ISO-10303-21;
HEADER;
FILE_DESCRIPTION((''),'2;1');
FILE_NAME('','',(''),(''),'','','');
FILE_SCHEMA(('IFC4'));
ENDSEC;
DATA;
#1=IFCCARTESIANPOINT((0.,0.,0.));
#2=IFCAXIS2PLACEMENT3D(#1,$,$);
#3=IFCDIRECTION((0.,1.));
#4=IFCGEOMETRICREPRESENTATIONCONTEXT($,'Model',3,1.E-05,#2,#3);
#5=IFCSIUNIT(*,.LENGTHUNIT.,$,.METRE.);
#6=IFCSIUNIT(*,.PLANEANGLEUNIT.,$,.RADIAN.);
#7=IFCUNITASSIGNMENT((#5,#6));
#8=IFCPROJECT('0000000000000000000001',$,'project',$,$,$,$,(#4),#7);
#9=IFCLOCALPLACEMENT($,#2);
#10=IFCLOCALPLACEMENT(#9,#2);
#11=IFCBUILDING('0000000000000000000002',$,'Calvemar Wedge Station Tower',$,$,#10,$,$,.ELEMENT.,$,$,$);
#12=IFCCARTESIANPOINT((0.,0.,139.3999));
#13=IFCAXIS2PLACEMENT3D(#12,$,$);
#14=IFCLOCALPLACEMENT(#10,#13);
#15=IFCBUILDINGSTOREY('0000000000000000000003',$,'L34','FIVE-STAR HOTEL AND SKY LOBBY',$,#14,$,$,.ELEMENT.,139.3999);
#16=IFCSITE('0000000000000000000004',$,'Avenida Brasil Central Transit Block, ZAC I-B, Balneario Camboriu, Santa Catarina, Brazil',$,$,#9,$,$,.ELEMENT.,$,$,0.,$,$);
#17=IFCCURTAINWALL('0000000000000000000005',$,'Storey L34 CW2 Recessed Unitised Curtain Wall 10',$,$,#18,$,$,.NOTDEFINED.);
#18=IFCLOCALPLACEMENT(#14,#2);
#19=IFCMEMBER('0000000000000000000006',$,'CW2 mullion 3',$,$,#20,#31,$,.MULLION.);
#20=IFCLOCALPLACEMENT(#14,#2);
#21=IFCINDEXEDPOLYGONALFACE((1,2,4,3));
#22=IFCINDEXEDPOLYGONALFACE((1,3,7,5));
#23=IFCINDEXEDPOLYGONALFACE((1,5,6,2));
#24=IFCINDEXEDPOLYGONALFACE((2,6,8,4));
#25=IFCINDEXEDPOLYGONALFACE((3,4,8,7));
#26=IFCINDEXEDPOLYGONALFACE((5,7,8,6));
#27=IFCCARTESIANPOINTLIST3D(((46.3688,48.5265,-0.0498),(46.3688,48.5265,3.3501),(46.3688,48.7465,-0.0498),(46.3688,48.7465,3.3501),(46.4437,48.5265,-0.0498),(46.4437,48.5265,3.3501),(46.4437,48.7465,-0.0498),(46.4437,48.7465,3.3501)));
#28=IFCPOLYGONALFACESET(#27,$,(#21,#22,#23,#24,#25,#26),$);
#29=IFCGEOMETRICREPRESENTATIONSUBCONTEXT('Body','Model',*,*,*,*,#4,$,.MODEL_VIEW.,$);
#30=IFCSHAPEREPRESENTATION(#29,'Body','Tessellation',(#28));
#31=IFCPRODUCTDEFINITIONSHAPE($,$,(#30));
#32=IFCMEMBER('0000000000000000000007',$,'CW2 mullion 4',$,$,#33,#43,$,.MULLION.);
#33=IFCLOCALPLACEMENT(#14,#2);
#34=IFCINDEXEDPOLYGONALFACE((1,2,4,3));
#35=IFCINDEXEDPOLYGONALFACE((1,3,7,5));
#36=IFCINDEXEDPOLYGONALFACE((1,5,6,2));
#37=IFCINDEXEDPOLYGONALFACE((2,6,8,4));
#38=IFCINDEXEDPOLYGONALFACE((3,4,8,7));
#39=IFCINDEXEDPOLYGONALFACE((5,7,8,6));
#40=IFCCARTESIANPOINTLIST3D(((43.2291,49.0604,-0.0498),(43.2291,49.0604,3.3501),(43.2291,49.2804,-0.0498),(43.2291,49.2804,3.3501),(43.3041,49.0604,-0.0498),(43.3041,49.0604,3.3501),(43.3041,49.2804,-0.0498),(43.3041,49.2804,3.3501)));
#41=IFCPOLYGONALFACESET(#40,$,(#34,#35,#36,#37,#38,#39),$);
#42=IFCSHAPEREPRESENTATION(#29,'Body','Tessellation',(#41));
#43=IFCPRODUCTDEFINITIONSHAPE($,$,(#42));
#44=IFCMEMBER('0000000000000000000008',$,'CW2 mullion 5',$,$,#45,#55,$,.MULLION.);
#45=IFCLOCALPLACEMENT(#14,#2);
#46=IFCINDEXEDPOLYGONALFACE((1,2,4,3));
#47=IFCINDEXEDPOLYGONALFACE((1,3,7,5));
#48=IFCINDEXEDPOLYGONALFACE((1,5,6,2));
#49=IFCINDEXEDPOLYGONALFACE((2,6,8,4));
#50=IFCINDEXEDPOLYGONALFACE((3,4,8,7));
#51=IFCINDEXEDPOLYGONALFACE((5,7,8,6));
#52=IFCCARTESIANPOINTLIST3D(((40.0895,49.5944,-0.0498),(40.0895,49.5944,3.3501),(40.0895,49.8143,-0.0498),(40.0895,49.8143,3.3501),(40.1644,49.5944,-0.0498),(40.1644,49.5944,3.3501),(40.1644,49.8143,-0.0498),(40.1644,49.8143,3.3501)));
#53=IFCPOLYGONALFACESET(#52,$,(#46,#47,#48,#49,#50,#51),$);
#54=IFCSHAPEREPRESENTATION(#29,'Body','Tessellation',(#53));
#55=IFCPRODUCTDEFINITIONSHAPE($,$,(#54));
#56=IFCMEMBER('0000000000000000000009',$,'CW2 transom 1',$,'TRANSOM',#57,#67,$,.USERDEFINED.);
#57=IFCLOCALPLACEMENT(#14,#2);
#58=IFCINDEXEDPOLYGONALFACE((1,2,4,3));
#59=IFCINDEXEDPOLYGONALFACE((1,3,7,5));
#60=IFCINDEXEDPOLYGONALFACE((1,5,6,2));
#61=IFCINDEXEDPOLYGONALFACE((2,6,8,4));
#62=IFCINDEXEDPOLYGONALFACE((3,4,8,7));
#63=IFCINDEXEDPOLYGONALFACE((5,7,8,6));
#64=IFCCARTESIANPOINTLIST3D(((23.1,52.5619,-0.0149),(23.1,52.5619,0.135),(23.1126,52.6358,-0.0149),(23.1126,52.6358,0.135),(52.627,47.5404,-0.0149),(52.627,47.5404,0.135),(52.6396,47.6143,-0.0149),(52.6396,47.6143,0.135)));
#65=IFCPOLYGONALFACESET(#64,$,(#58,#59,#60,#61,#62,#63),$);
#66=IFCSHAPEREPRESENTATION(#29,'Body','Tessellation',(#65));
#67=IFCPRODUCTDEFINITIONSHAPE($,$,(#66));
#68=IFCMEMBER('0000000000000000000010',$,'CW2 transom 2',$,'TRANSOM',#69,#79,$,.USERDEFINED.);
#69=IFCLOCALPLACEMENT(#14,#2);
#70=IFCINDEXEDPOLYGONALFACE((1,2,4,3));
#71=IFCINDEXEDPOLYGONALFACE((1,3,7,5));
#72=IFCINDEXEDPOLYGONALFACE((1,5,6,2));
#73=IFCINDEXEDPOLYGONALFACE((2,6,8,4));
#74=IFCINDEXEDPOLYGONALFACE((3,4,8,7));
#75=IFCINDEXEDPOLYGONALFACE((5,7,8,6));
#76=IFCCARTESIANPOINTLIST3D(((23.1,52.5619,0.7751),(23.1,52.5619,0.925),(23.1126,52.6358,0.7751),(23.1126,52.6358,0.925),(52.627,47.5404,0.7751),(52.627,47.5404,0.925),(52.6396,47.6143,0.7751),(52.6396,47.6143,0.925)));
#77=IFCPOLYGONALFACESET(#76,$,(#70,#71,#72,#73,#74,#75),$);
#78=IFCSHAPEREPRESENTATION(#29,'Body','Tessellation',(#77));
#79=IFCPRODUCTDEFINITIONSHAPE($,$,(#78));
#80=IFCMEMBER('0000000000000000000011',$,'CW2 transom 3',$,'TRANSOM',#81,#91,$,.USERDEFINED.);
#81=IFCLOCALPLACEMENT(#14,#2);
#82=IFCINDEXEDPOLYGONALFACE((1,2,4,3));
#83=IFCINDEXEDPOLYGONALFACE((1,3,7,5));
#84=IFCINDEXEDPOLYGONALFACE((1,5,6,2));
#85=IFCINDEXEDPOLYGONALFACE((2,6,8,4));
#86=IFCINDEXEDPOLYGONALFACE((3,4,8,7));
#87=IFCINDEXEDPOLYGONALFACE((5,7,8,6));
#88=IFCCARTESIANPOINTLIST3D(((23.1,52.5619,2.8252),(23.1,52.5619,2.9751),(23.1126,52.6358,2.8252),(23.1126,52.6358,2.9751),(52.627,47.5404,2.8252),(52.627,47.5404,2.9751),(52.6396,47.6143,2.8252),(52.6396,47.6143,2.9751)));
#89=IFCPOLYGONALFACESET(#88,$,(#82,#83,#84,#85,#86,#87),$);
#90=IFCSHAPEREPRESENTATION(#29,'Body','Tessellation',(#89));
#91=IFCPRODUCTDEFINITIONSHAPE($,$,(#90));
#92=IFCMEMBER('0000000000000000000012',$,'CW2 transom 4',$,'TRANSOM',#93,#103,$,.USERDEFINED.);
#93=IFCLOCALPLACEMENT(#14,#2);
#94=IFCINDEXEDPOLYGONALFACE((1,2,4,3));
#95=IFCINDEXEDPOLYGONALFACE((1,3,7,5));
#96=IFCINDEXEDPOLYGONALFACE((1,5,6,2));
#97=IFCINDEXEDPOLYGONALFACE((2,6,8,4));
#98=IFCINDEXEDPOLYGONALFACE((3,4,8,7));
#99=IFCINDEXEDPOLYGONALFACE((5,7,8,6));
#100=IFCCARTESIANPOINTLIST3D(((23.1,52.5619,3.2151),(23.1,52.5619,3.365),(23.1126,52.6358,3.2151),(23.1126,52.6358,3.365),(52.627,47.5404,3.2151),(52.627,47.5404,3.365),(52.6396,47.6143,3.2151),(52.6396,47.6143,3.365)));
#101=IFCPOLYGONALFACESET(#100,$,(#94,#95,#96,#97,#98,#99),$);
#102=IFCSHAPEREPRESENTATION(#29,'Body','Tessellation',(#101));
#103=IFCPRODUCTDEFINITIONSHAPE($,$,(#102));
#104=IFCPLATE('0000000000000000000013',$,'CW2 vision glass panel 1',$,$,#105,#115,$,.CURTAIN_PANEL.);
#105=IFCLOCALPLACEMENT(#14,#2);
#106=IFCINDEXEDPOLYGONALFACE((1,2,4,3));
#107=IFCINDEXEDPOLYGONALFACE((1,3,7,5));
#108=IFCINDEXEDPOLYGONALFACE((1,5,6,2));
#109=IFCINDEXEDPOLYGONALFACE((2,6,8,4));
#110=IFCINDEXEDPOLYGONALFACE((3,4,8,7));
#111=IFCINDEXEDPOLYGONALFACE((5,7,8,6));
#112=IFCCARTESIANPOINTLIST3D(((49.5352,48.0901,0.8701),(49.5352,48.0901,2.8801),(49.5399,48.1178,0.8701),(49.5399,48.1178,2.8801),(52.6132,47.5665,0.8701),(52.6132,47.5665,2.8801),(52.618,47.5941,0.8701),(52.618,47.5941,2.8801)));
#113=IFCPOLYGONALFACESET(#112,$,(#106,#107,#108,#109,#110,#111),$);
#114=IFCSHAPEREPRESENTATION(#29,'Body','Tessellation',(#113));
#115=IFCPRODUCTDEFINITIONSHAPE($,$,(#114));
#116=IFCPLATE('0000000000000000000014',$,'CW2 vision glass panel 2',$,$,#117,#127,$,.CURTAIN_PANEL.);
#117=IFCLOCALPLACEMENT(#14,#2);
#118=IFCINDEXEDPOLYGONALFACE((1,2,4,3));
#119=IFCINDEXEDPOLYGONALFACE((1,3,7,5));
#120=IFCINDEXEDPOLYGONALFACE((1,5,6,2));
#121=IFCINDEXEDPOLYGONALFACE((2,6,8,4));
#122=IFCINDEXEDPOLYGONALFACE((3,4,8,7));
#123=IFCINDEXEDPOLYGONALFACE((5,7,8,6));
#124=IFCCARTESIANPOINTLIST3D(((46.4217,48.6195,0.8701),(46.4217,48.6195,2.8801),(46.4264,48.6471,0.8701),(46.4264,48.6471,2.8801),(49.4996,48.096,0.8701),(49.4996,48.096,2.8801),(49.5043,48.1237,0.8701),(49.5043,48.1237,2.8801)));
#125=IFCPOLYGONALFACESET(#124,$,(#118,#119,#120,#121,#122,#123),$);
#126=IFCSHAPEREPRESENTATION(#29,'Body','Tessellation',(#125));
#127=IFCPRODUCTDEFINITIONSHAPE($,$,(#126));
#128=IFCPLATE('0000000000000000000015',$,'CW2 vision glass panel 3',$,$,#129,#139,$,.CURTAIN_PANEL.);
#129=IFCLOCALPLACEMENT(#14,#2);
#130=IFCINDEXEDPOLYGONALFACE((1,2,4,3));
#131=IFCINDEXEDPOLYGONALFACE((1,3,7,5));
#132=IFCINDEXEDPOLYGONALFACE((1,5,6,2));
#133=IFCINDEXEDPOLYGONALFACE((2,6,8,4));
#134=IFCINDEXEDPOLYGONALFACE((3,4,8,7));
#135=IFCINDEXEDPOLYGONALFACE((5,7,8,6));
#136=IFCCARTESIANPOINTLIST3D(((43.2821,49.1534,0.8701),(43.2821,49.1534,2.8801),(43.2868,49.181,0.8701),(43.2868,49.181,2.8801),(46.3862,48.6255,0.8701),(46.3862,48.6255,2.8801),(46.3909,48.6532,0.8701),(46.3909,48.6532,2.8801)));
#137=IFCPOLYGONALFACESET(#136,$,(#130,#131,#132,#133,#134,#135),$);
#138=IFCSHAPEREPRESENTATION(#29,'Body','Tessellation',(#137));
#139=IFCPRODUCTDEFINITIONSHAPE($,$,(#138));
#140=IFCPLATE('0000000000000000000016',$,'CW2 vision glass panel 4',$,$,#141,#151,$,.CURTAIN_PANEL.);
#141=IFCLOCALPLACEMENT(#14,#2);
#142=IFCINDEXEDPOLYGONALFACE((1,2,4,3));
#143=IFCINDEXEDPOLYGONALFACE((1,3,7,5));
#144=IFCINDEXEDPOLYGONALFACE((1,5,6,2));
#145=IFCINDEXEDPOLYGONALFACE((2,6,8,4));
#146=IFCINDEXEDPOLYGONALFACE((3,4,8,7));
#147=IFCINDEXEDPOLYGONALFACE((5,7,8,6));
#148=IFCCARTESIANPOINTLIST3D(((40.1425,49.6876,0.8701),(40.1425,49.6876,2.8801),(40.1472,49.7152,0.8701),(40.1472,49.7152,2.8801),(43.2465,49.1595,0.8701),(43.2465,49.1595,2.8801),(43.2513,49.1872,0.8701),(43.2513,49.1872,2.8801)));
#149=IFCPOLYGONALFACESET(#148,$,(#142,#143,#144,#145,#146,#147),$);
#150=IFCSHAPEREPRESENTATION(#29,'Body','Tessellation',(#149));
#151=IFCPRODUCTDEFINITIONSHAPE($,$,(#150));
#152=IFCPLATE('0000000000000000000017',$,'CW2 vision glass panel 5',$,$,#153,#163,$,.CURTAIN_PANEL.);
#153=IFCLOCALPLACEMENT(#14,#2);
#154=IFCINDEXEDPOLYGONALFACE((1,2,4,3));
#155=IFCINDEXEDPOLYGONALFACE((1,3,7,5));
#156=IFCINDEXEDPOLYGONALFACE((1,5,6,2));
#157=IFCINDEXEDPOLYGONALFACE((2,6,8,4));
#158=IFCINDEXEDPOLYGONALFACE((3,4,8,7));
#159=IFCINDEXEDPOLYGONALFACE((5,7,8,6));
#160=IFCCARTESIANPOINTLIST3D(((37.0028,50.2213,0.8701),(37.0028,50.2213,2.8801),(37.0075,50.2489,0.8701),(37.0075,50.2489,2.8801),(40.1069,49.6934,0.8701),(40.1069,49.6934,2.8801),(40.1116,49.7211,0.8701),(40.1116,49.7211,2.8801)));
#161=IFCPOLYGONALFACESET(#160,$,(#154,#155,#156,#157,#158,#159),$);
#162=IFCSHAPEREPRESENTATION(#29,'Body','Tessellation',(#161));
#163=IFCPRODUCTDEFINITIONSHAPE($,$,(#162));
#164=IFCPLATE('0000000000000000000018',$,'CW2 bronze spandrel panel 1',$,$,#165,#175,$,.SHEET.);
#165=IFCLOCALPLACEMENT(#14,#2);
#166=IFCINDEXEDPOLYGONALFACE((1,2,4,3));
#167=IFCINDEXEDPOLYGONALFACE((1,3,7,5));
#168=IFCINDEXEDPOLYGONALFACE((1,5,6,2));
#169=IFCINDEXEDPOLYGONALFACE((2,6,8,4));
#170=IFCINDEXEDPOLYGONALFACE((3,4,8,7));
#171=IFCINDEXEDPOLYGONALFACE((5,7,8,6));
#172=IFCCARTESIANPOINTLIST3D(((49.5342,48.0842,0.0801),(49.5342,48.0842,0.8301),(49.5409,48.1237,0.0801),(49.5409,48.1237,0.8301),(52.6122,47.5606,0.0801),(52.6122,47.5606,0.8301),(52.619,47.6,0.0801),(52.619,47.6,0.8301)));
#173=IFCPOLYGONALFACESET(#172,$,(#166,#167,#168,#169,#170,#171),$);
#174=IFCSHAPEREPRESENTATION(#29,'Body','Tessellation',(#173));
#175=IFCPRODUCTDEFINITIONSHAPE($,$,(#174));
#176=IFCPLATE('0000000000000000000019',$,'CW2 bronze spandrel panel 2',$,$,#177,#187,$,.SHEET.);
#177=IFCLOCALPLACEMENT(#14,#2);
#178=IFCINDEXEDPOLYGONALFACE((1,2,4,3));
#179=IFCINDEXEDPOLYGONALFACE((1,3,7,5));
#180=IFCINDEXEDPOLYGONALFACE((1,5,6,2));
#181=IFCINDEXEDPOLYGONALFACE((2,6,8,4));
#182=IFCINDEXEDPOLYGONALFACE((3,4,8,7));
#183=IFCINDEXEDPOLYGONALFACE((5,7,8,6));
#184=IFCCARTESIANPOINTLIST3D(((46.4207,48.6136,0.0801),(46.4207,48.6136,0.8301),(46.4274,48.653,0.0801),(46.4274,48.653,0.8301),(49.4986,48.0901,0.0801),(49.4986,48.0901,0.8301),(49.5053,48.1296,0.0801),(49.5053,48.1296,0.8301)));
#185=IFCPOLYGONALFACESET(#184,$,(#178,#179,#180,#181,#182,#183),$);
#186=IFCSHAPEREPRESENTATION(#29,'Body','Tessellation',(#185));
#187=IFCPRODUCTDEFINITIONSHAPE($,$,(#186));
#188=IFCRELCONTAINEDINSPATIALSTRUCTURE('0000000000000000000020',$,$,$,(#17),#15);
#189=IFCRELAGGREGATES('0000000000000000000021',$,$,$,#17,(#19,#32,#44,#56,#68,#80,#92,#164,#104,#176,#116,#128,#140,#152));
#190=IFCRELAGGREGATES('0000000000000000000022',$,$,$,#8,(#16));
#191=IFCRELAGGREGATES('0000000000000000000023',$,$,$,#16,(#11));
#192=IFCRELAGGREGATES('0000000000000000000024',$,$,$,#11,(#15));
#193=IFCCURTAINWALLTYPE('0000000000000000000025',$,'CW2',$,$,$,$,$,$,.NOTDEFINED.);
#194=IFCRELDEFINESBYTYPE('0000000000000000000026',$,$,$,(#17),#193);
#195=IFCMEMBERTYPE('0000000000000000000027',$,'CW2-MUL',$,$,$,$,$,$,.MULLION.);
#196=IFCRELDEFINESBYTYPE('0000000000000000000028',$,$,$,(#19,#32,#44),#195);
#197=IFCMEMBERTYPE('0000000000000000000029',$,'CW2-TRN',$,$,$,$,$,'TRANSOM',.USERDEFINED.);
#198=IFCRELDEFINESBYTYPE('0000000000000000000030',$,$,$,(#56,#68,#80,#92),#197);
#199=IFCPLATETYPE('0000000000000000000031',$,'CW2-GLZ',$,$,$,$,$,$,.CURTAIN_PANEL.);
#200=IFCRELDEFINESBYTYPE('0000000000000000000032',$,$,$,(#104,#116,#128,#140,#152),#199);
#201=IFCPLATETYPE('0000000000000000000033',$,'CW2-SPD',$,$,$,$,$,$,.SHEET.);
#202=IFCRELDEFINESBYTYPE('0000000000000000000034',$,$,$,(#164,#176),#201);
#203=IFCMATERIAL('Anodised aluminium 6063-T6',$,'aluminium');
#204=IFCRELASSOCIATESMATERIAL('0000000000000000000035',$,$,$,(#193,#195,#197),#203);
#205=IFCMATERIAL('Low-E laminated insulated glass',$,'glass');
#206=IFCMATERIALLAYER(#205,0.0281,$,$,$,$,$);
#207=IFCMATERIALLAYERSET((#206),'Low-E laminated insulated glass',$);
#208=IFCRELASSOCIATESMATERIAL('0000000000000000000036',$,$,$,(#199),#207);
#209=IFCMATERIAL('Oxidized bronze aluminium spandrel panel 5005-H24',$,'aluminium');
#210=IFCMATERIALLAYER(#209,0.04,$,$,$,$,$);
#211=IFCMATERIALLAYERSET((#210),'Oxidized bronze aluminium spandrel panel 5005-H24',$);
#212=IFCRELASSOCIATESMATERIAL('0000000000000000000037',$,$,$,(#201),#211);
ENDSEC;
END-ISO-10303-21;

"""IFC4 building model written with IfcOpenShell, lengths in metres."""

from ifc_helpers import new_model, si_unit, direction, frame, frame_2d, origin, origin_2d, place, context, subcontext, project, spatial, rectangle, extrude, source, transform, mapped, material, layer, layer_set, material_profile, profile_set, type_object, element, aggregate, save


model = new_model("IFC4")

# Units and contexts
model_context = context("Model", 3, precision=1e-05, world=origin(), true_north=direction((0.0, 1.0)))
body_context = subcontext(model_context, "Body", "Model", "MODEL_VIEW")
ifc_project = project(units=[si_unit("LENGTHUNIT", "METRE"), si_unit("PLANEANGLEUNIT", "RADIAN")], contexts=[model_context])

# Site, building, storey
site_placement = place(None, origin())
site = spatial("IfcSite", under=ifc_project, at=site_placement, Name="Avenida Brasil Central Transit Block, ZAC I-B, Balneario Camboriu, Santa Catarina, Brazil", CompositionType="ELEMENT", RefElevation=0.0)
building_placement = place(site_placement, origin())
building = spatial("IfcBuilding", under=site, at=building_placement, Name="Calvemar Wedge Station Tower", CompositionType="ELEMENT")
storey_placement = place(building_placement, frame((0.0, 0.0, 139.3999)))
storey = spatial("IfcBuildingStorey", under=building, at=storey_placement, Name="L34", Description="FIVE-STAR HOTEL AND SKY LOBBY", CompositionType="ELEMENT", Elevation=139.3999)

# Curtain wall, members, plates
ifc_material_1 = material(Name="Anodised aluminium 6063-T6", Category="aluminium")
curtain_wall_type = type_object("IfcCurtainWallType", Name="CW2", PredefinedType="NOTDEFINED", material=ifc_material_1)
curtain_wall_placement = place(storey_placement, origin())
curtain_wall = element("IfcCurtainWall", 1, at=curtain_wall_placement, inside=storey, type_object=curtain_wall_type, Name="Storey L34 CW2 Recessed Unitised Curtain Wall 10", PredefinedType="NOTDEFINED")
ifc_material_profile_1 = material_profile(ifc_material_1, rectangle(XDim=0.075, YDim=0.22, at=origin_2d()), Name="AL-MUL-75x220")
ifc_profile_set_1 = profile_set([ifc_material_profile_1], Name="Anodised aluminium 6063-T6")
member_type_1 = type_object("IfcMemberType", Name="CW2-MUL", PredefinedType="MULLION", material=ifc_profile_set_1)
shared_shape_1 = source(origin(), body_context, "Body", "SweptSolid", [
    extrude(rectangle(XDim=0.075, YDim=0.22, at=origin_2d()), origin(), (0.0, 0.0, 1.0), 3.3999),
])
member_1_placement = place(storey_placement, frame((46.4062, 48.6365, -0.0498), z_axis=(0.0, 0.0, 1.0), x_axis=(1.0, 0.0, 0.0)))
member_1 = element("IfcMember", 2, at=member_1_placement, type_object=member_type_1, Name="CW2 mullion 3", PredefinedType="MULLION", context=body_context, shape_type="MappedRepresentation", body=[
    mapped(shared_shape_1, transform((0.0, 0.0, 0.0), scale=1.0)),
])
member_2_placement = place(storey_placement, frame((43.2666, 49.1704, -0.0498), z_axis=(0.0, 0.0, 1.0), x_axis=(1.0, 0.0, 0.0)))
member_2 = element("IfcMember", 3, at=member_2_placement, type_object=member_type_1, Name="CW2 mullion 4", PredefinedType="MULLION", context=body_context, shape_type="MappedRepresentation", body=[
    mapped(shared_shape_1, transform((0.0, 0.0, 0.0), scale=1.0)),
])
member_3_placement = place(storey_placement, frame((40.127, 49.7043, -0.0498), z_axis=(0.0, 0.0, 1.0), x_axis=(1.0, 0.0, 0.0)))
member_3 = element("IfcMember", 4, at=member_3_placement, type_object=member_type_1, Name="CW2 mullion 5", PredefinedType="MULLION", context=body_context, shape_type="MappedRepresentation", body=[
    mapped(shared_shape_1, transform((0.0, 0.0, 0.0), scale=1.0)),
])
ifc_material_profile_2 = material_profile(ifc_material_1, rectangle(XDim=0.075, YDim=0.1499, at=origin_2d()), Name="AL-TRN-75x150")
ifc_profile_set_2 = profile_set([ifc_material_profile_2], Name="Anodised aluminium 6063-T6")
member_type_2 = type_object("IfcMemberType", Name="CW2-TRN", ElementType="TRANSOM", PredefinedType="USERDEFINED", material=ifc_profile_set_2)
shared_shape_2 = source(origin(), body_context, "Body", "SweptSolid", [
    extrude(rectangle(XDim=0.075, YDim=0.1499, at=origin_2d()), origin(), (0.0, 0.0, 1.0), 29.9509),
])
member_4_placement = place(storey_placement, frame((52.6333, 47.5774, 0.0601), z_axis=(-0.985845, 0.167656, 0.0), x_axis=(-0.167656, -0.985845, 0.0)))
member_4 = element("IfcMember", 5, at=member_4_placement, type_object=member_type_2, Name="CW2 transom 1", ObjectType="TRANSOM", PredefinedType="USERDEFINED", context=body_context, shape_type="MappedRepresentation", body=[
    mapped(shared_shape_2, transform((0.0, 0.0, 0.0), scale=1.0)),
])
member_5_placement = place(storey_placement, frame((52.6333, 47.5774, 0.8501), z_axis=(-0.985845, 0.167656, 0.0), x_axis=(-0.167656, -0.985845, 0.0)))
member_5 = element("IfcMember", 6, at=member_5_placement, type_object=member_type_2, Name="CW2 transom 2", ObjectType="TRANSOM", PredefinedType="USERDEFINED", context=body_context, shape_type="MappedRepresentation", body=[
    mapped(shared_shape_2, transform((0.0, 0.0, 0.0), scale=1.0)),
])
member_6_placement = place(storey_placement, frame((52.6333, 47.5774, 2.9001), z_axis=(-0.985845, 0.167656, 0.0), x_axis=(-0.167656, -0.985845, 0.0)))
member_6 = element("IfcMember", 7, at=member_6_placement, type_object=member_type_2, Name="CW2 transom 3", ObjectType="TRANSOM", PredefinedType="USERDEFINED", context=body_context, shape_type="MappedRepresentation", body=[
    mapped(shared_shape_2, transform((0.0, 0.0, 0.0), scale=1.0)),
])
member_7_placement = place(storey_placement, frame((52.6333, 47.5774, 3.29), z_axis=(-0.985845, 0.167656, 0.0), x_axis=(-0.167656, -0.985845, 0.0)))
member_7 = element("IfcMember", 8, at=member_7_placement, type_object=member_type_2, Name="CW2 transom 4", ObjectType="TRANSOM", PredefinedType="USERDEFINED", context=body_context, shape_type="MappedRepresentation", body=[
    mapped(shared_shape_2, transform((0.0, 0.0, 0.0), scale=1.0)),
])
ifc_material_2 = material(Name="Low-E laminated insulated glass", Category="glass")
ifc_layer_1 = layer(ifc_material_2, 0.0281)
ifc_layer_set_1 = layer_set([ifc_layer_1], Name="Low-E laminated insulated glass")
plate_type_1 = type_object("IfcPlateType", Name="CW2-GLZ", PredefinedType="CURTAIN_PANEL", material=ifc_layer_set_1)
plate_1_placement = place(storey_placement, frame((52.6155, 47.5803, 0.8701), z_axis=(0.0, 0.0, 1.0), x_axis=(-0.985835, 0.16772, 0.0)))
plate_1 = element("IfcPlate", 9, at=plate_1_placement, type_object=plate_type_1, Name="CW2 vision glass panel 1", PredefinedType="CURTAIN_PANEL", context=body_context, shape_type="SweptSolid", body=[
    extrude(rectangle(XDim=3.1223, YDim=0.0281, at=frame_2d((1.561, 0.0))), origin(), (0.0, 0.0, 1.0), 2.01),
])
plate_2_placement = place(storey_placement, frame((49.502, 48.1099, 0.8701), z_axis=(0.0, 0.0, 1.0), x_axis=(-0.985845, 0.167657, 0.0)))
plate_2 = element("IfcPlate", 10, at=plate_2_placement, type_object=plate_type_1, Name="CW2 vision glass panel 2", PredefinedType="CURTAIN_PANEL", context=body_context, shape_type="SweptSolid", body=[
    extrude(rectangle(XDim=3.1221, YDim=0.0281, at=frame_2d((1.561, 0.0))), origin(), (0.0, 0.0, 1.0), 2.01),
])
plate_3_placement = place(storey_placement, frame((46.3884, 48.6394, 0.8701), z_axis=(0.0, 0.0, 1.0), x_axis=(-0.98585, 0.167629, 0.0)))
plate_3 = element("IfcPlate", 11, at=plate_3_placement, type_object=plate_type_1, Name="CW2 vision glass panel 3", PredefinedType="CURTAIN_PANEL", context=body_context, shape_type="SweptSolid", body=[
    extrude(rectangle(XDim=3.1487, YDim=0.0281, at=frame_2d((1.5742, 0.0))), origin(), (0.0, 0.0, 1.0), 2.01),
])
plate_4_placement = place(storey_placement, frame((43.2488, 49.1733, 0.8701), z_axis=(0.0, 0.0, 1.0), x_axis=(-0.985835, 0.167718, 0.0)))
plate_4 = element("IfcPlate", 12, at=plate_4_placement, type_object=plate_type_1, Name="CW2 vision glass panel 4", PredefinedType="CURTAIN_PANEL", context=body_context, shape_type="SweptSolid", body=[
    extrude(rectangle(XDim=3.1487, YDim=0.0281, at=frame_2d((1.5742, 0.0))), origin(), (0.0, 0.0, 1.0), 2.01),
])
plate_5_placement = place(storey_placement, frame((40.1091, 49.7073, 0.8701), z_axis=(0.0, 0.0, 1.0), x_axis=(-0.985848, 0.167642, 0.0)))
plate_5 = element("IfcPlate", 13, at=plate_5_placement, type_object=plate_type_1, Name="CW2 vision glass panel 5", PredefinedType="CURTAIN_PANEL", context=body_context, shape_type="SweptSolid", body=[
    extrude(rectangle(XDim=3.1487, YDim=0.0281, at=frame_2d((1.5742, 0.0))), origin(), (0.0, 0.0, 1.0), 2.01),
])
ifc_material_3 = material(Name="Oxidized bronze aluminium spandrel panel 5005-H24", Category="aluminium")
ifc_layer_2 = layer(ifc_material_3, 0.04)
ifc_layer_set_2 = layer_set([ifc_layer_2], Name="Oxidized bronze aluminium spandrel panel 5005-H24")
plate_type_2 = type_object("IfcPlateType", Name="CW2-SPD", PredefinedType="SHEET", material=ifc_layer_set_2)
plate_6_placement = place(storey_placement, frame((52.6155, 47.5803, 0.0801), z_axis=(0.0, 0.0, 1.0), x_axis=(-0.985835, 0.16772, 0.0)))
plate_6 = element("IfcPlate", 14, at=plate_6_placement, type_object=plate_type_2, Name="CW2 bronze spandrel panel 1", PredefinedType="SHEET", context=body_context, shape_type="SweptSolid", body=[
    extrude(rectangle(XDim=3.1223, YDim=0.04, at=frame_2d((1.561, 0.0))), origin(), (0.0, 0.0, 1.0), 0.75),
])
plate_7_placement = place(storey_placement, frame((49.502, 48.1099, 0.0801), z_axis=(0.0, 0.0, 1.0), x_axis=(-0.985845, 0.167657, 0.0)))
plate_7 = element("IfcPlate", 15, at=plate_7_placement, type_object=plate_type_2, Name="CW2 bronze spandrel panel 2", PredefinedType="SHEET", context=body_context, shape_type="SweptSolid", body=[
    extrude(rectangle(XDim=3.1221, YDim=0.04, at=frame_2d((1.561, 0.0))), origin(), (0.0, 0.0, 1.0), 0.75),
])
aggregate(curtain_wall, [member_1, member_2, member_3, member_4, member_5, member_6, member_7, plate_6, plate_1, plate_7, plate_2, plate_3, plate_4, plate_5])

save(model, "model.ifc")
